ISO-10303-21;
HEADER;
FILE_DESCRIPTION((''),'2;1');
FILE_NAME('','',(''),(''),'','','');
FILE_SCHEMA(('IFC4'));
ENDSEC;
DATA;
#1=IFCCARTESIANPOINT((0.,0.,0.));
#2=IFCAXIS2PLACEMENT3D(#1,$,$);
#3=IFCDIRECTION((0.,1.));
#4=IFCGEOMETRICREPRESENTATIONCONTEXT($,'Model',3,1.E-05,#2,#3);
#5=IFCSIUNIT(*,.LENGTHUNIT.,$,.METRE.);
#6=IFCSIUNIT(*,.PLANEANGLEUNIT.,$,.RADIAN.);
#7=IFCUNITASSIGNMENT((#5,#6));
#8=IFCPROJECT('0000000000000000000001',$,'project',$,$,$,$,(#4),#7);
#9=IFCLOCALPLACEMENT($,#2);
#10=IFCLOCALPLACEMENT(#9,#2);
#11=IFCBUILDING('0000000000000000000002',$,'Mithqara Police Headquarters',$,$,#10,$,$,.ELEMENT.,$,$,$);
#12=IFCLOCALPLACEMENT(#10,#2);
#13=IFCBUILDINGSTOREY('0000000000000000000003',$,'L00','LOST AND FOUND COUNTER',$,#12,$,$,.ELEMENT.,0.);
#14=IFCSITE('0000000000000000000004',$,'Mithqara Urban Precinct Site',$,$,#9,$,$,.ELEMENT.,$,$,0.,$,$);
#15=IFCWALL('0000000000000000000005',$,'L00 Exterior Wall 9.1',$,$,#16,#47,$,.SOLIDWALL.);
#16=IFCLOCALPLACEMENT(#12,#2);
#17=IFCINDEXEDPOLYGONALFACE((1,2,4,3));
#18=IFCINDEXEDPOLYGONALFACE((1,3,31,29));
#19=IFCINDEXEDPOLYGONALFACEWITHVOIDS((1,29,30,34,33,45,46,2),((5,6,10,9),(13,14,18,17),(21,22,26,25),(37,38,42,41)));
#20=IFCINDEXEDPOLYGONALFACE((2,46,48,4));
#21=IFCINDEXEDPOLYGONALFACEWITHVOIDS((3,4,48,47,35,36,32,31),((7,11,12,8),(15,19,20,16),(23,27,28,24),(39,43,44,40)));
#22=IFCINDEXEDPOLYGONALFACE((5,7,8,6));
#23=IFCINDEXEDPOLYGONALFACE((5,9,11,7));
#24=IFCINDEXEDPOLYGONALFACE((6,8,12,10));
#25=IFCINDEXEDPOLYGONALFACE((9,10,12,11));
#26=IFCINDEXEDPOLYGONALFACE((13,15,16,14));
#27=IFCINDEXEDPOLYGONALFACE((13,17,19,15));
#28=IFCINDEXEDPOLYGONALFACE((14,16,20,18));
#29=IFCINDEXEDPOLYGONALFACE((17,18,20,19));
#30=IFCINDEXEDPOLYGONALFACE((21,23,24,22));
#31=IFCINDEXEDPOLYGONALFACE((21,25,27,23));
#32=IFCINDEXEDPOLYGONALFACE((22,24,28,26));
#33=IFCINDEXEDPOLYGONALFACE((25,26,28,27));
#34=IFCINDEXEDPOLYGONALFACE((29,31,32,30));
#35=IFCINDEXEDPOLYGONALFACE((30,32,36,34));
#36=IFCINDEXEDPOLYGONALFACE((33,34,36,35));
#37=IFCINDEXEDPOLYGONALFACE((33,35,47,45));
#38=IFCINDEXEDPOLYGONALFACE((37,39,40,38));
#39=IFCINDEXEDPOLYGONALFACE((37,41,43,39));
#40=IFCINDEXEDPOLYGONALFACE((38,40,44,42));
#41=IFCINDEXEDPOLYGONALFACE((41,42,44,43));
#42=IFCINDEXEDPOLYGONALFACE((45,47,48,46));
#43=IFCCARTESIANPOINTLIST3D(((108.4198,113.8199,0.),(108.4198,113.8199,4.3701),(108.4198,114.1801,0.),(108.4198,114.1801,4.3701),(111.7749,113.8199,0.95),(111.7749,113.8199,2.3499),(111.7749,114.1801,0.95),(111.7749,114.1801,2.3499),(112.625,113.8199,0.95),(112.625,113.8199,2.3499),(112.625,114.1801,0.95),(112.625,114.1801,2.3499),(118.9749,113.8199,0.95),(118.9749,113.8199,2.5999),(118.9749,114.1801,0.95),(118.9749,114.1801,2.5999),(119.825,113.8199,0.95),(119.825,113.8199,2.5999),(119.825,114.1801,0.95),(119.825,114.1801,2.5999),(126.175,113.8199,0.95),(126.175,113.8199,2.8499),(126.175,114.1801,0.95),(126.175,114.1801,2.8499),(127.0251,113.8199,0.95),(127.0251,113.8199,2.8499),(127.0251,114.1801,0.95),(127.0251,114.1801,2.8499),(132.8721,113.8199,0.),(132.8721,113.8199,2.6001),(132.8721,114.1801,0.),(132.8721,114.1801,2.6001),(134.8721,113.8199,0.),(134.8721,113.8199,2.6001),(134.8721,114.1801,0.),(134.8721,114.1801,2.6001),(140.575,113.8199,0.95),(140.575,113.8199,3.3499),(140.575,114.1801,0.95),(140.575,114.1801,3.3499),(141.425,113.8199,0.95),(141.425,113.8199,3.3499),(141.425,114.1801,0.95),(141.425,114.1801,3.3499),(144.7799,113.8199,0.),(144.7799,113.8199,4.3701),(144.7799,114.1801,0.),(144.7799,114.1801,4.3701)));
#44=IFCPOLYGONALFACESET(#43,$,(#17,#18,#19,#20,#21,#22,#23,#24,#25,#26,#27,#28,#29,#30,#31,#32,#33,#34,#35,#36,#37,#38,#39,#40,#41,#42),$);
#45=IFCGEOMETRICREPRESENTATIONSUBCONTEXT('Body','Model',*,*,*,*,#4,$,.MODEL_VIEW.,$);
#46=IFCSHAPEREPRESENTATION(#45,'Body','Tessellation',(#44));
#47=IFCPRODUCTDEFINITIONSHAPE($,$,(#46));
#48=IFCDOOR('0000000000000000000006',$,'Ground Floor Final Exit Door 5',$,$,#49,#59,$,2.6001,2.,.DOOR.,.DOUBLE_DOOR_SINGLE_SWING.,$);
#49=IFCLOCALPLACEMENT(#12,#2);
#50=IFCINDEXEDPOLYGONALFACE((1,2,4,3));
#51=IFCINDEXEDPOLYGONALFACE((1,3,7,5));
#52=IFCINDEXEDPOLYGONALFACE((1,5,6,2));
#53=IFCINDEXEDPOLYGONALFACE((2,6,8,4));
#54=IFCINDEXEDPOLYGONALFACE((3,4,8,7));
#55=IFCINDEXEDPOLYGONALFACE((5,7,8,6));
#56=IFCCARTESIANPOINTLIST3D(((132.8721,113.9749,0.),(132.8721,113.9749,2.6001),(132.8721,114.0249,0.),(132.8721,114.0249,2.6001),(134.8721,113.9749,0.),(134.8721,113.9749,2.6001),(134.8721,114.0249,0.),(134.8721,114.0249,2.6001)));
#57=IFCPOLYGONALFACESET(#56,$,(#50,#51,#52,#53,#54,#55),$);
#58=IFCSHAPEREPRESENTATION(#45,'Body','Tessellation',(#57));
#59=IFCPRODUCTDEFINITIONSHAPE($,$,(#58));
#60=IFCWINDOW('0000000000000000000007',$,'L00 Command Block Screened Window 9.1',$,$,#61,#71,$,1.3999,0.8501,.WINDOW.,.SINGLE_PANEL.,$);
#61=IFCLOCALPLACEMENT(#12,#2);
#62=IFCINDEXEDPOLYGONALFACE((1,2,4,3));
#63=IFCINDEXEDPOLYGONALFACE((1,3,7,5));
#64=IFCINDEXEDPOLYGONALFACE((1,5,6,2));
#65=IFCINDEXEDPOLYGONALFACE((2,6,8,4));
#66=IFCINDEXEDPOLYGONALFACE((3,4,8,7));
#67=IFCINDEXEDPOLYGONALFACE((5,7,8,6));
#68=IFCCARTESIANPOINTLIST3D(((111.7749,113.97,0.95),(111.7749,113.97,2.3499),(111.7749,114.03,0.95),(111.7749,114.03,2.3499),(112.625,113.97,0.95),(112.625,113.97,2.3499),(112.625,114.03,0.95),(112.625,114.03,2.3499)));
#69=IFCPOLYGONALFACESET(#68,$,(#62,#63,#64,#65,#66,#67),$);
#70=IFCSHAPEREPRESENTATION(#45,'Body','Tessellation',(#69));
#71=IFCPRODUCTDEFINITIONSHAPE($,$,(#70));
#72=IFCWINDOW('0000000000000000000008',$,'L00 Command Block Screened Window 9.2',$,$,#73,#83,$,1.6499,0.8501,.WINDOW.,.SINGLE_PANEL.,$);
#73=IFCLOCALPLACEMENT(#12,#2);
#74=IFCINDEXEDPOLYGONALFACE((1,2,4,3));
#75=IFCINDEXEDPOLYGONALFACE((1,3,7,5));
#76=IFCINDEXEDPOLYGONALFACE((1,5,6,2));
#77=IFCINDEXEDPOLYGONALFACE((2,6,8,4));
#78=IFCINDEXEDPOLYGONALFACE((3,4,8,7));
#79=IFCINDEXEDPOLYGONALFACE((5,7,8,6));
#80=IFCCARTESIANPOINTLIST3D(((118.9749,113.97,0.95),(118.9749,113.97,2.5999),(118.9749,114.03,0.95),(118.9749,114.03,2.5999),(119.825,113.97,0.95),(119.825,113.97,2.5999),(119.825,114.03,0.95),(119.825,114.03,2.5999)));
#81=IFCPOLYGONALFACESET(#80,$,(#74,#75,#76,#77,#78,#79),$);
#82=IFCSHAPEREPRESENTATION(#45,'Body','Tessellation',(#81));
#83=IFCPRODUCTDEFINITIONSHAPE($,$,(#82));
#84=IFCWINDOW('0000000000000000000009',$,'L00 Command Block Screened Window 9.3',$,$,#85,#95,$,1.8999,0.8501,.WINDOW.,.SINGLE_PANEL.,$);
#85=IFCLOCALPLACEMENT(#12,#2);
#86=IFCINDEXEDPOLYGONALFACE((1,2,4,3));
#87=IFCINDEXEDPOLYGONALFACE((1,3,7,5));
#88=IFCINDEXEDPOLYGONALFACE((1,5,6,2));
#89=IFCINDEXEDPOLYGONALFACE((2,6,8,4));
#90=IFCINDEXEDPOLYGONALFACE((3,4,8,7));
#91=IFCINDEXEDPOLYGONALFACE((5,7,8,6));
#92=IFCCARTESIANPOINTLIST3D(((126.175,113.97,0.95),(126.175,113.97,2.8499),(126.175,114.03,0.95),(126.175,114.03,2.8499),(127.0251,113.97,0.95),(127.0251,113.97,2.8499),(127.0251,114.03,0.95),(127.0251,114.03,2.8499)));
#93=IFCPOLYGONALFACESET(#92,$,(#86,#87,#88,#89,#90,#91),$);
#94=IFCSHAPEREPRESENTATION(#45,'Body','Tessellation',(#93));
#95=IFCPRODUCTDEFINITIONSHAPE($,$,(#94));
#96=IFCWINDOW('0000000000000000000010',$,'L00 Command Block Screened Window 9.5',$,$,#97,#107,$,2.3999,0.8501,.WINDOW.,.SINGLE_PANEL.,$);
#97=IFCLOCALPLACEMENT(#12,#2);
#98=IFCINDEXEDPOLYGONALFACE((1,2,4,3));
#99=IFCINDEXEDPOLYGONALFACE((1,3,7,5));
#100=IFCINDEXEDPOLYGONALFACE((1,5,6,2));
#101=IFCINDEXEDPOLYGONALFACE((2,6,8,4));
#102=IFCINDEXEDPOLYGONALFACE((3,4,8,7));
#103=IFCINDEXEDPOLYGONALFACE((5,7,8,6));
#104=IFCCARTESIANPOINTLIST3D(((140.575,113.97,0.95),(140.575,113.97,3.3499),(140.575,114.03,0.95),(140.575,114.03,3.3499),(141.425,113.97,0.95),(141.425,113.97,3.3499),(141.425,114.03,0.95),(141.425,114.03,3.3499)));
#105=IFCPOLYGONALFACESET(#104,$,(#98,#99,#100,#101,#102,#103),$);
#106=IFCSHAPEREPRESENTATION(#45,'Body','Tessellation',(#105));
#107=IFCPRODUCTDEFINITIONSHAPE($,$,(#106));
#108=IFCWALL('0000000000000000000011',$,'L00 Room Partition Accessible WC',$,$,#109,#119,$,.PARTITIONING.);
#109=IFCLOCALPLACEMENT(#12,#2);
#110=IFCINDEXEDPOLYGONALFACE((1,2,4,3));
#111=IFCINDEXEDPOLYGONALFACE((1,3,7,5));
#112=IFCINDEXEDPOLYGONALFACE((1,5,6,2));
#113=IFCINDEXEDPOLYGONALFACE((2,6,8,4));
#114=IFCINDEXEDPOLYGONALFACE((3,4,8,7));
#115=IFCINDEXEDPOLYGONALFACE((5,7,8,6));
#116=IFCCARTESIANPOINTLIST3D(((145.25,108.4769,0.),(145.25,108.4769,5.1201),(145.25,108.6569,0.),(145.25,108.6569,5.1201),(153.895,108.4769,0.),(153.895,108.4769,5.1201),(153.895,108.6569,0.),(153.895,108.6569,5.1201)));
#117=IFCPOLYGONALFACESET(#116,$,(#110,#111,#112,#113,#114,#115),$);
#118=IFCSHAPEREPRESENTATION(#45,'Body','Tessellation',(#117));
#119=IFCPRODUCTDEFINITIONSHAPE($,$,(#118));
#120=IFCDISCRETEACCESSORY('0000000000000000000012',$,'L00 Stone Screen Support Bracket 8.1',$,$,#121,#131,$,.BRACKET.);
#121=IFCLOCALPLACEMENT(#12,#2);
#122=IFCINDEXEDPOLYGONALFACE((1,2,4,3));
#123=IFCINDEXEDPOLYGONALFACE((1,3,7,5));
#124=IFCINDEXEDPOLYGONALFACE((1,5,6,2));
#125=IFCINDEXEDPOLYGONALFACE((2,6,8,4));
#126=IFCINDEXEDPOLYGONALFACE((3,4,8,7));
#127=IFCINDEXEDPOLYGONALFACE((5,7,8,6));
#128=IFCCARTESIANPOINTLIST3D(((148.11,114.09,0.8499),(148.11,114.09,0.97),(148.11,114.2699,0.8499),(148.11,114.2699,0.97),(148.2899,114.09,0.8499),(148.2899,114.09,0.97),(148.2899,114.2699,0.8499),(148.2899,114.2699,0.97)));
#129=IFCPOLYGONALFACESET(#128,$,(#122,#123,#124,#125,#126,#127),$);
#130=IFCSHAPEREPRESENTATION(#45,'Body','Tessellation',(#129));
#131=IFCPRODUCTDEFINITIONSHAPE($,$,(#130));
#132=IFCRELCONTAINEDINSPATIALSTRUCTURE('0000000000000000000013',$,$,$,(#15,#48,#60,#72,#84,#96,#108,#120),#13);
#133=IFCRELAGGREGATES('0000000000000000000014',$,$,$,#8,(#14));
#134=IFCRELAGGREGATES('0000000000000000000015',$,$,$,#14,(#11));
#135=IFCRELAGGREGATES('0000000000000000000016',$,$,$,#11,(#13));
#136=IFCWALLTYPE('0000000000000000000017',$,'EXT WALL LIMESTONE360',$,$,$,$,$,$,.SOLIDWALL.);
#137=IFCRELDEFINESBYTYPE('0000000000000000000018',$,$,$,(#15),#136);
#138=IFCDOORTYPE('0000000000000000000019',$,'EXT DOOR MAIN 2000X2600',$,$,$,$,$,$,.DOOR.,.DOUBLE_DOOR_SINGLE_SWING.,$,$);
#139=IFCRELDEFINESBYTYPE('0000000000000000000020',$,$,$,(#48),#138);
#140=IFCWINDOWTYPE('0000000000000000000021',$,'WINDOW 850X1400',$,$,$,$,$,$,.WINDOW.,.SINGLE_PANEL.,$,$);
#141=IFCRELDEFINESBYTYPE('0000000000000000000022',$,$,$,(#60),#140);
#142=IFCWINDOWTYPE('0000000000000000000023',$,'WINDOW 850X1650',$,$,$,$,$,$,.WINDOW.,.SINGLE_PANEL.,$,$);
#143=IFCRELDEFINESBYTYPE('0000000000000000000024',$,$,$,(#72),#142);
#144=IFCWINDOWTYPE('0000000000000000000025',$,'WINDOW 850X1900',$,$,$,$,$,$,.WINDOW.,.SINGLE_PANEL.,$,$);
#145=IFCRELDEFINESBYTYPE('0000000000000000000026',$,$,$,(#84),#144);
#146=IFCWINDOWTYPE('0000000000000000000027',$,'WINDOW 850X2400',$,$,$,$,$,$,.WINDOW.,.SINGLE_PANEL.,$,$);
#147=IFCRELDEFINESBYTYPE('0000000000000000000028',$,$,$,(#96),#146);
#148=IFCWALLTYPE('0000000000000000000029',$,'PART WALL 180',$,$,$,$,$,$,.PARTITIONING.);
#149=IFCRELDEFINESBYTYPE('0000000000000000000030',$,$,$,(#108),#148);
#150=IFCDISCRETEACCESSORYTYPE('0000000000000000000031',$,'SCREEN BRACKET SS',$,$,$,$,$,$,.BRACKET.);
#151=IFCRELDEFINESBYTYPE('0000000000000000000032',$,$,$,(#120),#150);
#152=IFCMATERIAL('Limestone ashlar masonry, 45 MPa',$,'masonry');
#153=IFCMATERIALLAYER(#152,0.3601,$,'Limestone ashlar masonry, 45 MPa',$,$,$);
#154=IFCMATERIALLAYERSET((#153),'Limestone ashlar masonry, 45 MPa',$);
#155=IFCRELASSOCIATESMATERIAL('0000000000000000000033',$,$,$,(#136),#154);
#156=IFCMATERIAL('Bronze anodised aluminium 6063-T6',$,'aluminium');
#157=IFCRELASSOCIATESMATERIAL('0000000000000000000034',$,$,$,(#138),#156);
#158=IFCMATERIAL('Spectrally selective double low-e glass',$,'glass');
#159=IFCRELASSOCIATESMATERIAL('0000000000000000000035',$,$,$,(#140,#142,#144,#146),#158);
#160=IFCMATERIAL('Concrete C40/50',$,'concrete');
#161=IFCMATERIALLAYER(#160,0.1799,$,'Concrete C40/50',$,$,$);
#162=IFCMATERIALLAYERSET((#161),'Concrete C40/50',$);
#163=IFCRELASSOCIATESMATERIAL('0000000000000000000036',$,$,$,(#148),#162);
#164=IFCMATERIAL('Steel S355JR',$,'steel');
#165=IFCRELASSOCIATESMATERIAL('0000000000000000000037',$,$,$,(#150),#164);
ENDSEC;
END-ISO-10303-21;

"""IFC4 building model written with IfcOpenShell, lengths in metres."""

from ifc_helpers import new_model, si_unit, direction, frame, frame_2d, origin, origin_2d, place, context, subcontext, project, spatial, rectangle, extrude, material, layer, layer_set, type_object, element, fill, save


model = new_model("IFC4")

# Units and contexts
model_context = context("Model", 3, precision=1e-05, world=origin(), true_north=direction((0.0, 1.0)))
body_context = subcontext(model_context, "Body", "Model", "MODEL_VIEW")
ifc_project = project(units=[si_unit("LENGTHUNIT", "METRE"), si_unit("PLANEANGLEUNIT", "RADIAN")], contexts=[model_context])

# Site, building, storey
site_placement = place(None, origin())
site = spatial("IfcSite", under=ifc_project, at=site_placement, Name="Mithqara Urban Precinct Site", CompositionType="ELEMENT", RefElevation=0.0)
building_placement = place(site_placement, origin())
building = spatial("IfcBuilding", under=site, at=building_placement, Name="Mithqara Police Headquarters", CompositionType="ELEMENT")
storey_placement = place(building_placement, origin())
storey = spatial("IfcBuildingStorey", under=building, at=storey_placement, Name="L00", Description="LOST AND FOUND COUNTER", CompositionType="ELEMENT", Elevation=0.0)

# Shared definitions
ifc_material_1 = material(Name="Concrete C40/50", Category="concrete")
ifc_material_2 = material(Name="Steel S355JR", Category="steel")

# Shared definitions
ifc_material_3 = material(Name="Limestone ashlar masonry, 45 MPa", Category="masonry")

# Wall, openings, door, windows
ifc_layer_1 = layer(ifc_material_3, 0.3601, Name="Limestone ashlar masonry, 45 MPa")
ifc_layer_set_1 = layer_set([ifc_layer_1], Name="Limestone ashlar masonry, 45 MPa")
wall_type_1 = type_object("IfcWallType", Name="EXT WALL LIMESTONE360", PredefinedType="SOLIDWALL", material=ifc_layer_set_1)
wall_1_placement = place(storey_placement, frame((144.78, 114.0, 0.0), z_axis=(0.0, 0.0, 1.0), x_axis=(-1.0, 0.0, 0.0)))
wall_1 = element("IfcWall", 1, at=wall_1_placement, inside=storey, type_object=wall_type_1, Name="L00 Exterior Wall 9.1", PredefinedType="SOLIDWALL", context=body_context, shape_type="SweptSolid", body=[
    extrude(rectangle(XDim=36.3601, YDim=0.3601, at=frame_2d((18.1802, 0.0))), origin(), (0.0, 0.0, 1.0), 4.3701),
])
opening_1_placement = place(wall_1_placement, frame((9.908, 0.0, 0.0)))
opening_1 = element("IfcOpeningElement", 2, at=opening_1_placement, cuts=wall_1, PredefinedType="OPENING", context=body_context, shape_type="SweptSolid", body=[
    extrude(rectangle(XDim=2.0, YDim=2.6001, at=frame_2d((1.0, 1.3))), frame((0.0, 0.1899, 0.0), z_axis=(0.0, -1.0, 0.0), x_axis=(1.0, 0.0, 0.0)), (0.0, 0.0, 1.0), 0.3801),
])
opening_2_placement = place(wall_1_placement, frame((32.155, 0.0, 0.95)))
opening_2 = element("IfcOpeningElement", 3, at=opening_2_placement, cuts=wall_1, PredefinedType="OPENING", context=body_context, shape_type="SweptSolid", body=[
    extrude(rectangle(XDim=0.8501, YDim=1.3999, at=frame_2d((0.425, 0.7))), frame((0.0, 0.1899, 0.0), z_axis=(0.0, -1.0, 0.0), x_axis=(1.0, 0.0, 0.0)), (0.0, 0.0, 1.0), 0.3801),
])
opening_3_placement = place(wall_1_placement, frame((24.9551, 0.0, 0.95)))
opening_3 = element("IfcOpeningElement", 4, at=opening_3_placement, cuts=wall_1, PredefinedType="OPENING", context=body_context, shape_type="SweptSolid", body=[
    extrude(rectangle(XDim=0.8501, YDim=1.6499, at=frame_2d((0.425, 0.825))), frame((0.0, 0.1899, 0.0), z_axis=(0.0, -1.0, 0.0), x_axis=(1.0, 0.0, 0.0)), (0.0, 0.0, 1.0), 0.3801),
])
opening_4_placement = place(wall_1_placement, frame((17.7549, 0.0, 0.95)))
opening_4 = element("IfcOpeningElement", 5, at=opening_4_placement, cuts=wall_1, PredefinedType="OPENING", context=body_context, shape_type="SweptSolid", body=[
    extrude(rectangle(XDim=0.8501, YDim=1.8999, at=frame_2d((0.425, 0.95))), frame((0.0, 0.1899, 0.0), z_axis=(0.0, -1.0, 0.0), x_axis=(1.0, 0.0, 0.0)), (0.0, 0.0, 1.0), 0.3801),
])
opening_5_placement = place(wall_1_placement, frame((3.355, 0.0, 0.95)))
opening_5 = element("IfcOpeningElement", 6, at=opening_5_placement, cuts=wall_1, PredefinedType="OPENING", context=body_context, shape_type="SweptSolid", body=[
    extrude(rectangle(XDim=0.8501, YDim=2.3999, at=frame_2d((0.425, 1.2))), frame((0.0, 0.1899, 0.0), z_axis=(0.0, -1.0, 0.0), x_axis=(1.0, 0.0, 0.0)), (0.0, 0.0, 1.0), 0.3801),
])
ifc_material_4 = material(Name="Bronze anodised aluminium 6063-T6", Category="aluminium")
door_type = type_object("IfcDoorType", Name="EXT DOOR MAIN 2000X2600", OperationType="DOUBLE_DOOR_SINGLE_SWING", PredefinedType="DOOR", material=ifc_material_4)
door_placement = place(opening_1_placement, frame((2.0, 0.0, 0.0), z_axis=(0.0, 0.0, 1.0), x_axis=(-1.0, 0.0, 0.0)))
door = element("IfcDoor", 7, at=door_placement, inside=storey, type_object=door_type, Name="Ground Floor Final Exit Door 5", OperationType="DOUBLE_DOOR_SINGLE_SWING", OverallHeight=2.6001, OverallWidth=2.0, PredefinedType="DOOR", context=body_context, shape_type="SweptSolid", body=[
    extrude(rectangle(XDim=2.0, YDim=2.6001, at=frame_2d((1.0, 1.3))), frame((0.0, 0.0249, 0.0), z_axis=(0.0, -1.0, 0.0), x_axis=(1.0, 0.0, 0.0)), (0.0, 0.0, 1.0), 0.05),
])
fill(opening_1, door)
ifc_material_5 = material(Name="Spectrally selective double low-e glass", Category="glass")
window_type_1 = type_object("IfcWindowType", Name="WINDOW 850X1400", PartitioningType="SINGLE_PANEL", PredefinedType="WINDOW", material=ifc_material_5)
window_1_placement = place(opening_2_placement, origin())
window_1 = element("IfcWindow", 8, at=window_1_placement, inside=storey, type_object=window_type_1, Name="L00 Command Block Screened Window 9.1", OverallHeight=1.3999, OverallWidth=0.8501, PartitioningType="SINGLE_PANEL", PredefinedType="WINDOW", context=body_context, shape_type="SweptSolid", body=[
    extrude(rectangle(XDim=0.8501, YDim=1.3999, at=frame_2d((0.425, 0.7))), frame((0.0, 0.03, 0.0), z_axis=(0.0, -1.0, 0.0), x_axis=(1.0, 0.0, 0.0)), (0.0, 0.0, 1.0), 0.0601),
])
fill(opening_2, window_1)
window_type_2 = type_object("IfcWindowType", Name="WINDOW 850X1650", PartitioningType="SINGLE_PANEL", PredefinedType="WINDOW", material=ifc_material_5)
window_2_placement = place(opening_3_placement, origin())
window_2 = element("IfcWindow", 9, at=window_2_placement, inside=storey, type_object=window_type_2, Name="L00 Command Block Screened Window 9.2", OverallHeight=1.6499, OverallWidth=0.8501, PartitioningType="SINGLE_PANEL", PredefinedType="WINDOW", context=body_context, shape_type="SweptSolid", body=[
    extrude(rectangle(XDim=0.8501, YDim=1.6499, at=frame_2d((0.425, 0.825))), frame((0.0, 0.03, 0.0), z_axis=(0.0, -1.0, 0.0), x_axis=(1.0, 0.0, 0.0)), (0.0, 0.0, 1.0), 0.0601),
])
fill(opening_3, window_2)
window_type_3 = type_object("IfcWindowType", Name="WINDOW 850X1900", PartitioningType="SINGLE_PANEL", PredefinedType="WINDOW", material=ifc_material_5)
window_3_placement = place(opening_4_placement, origin())
window_3 = element("IfcWindow", 10, at=window_3_placement, inside=storey, type_object=window_type_3, Name="L00 Command Block Screened Window 9.3", OverallHeight=1.8999, OverallWidth=0.8501, PartitioningType="SINGLE_PANEL", PredefinedType="WINDOW", context=body_context, shape_type="SweptSolid", body=[
    extrude(rectangle(XDim=0.8501, YDim=1.8999, at=frame_2d((0.425, 0.95))), frame((0.0, 0.03, 0.0), z_axis=(0.0, -1.0, 0.0), x_axis=(1.0, 0.0, 0.0)), (0.0, 0.0, 1.0), 0.0601),
])
fill(opening_4, window_3)
window_type_4 = type_object("IfcWindowType", Name="WINDOW 850X2400", PartitioningType="SINGLE_PANEL", PredefinedType="WINDOW", material=ifc_material_5)
window_4_placement = place(opening_5_placement, origin())
window_4 = element("IfcWindow", 11, at=window_4_placement, inside=storey, type_object=window_type_4, Name="L00 Command Block Screened Window 9.5", OverallHeight=2.3999, OverallWidth=0.8501, PartitioningType="SINGLE_PANEL", PredefinedType="WINDOW", context=body_context, shape_type="SweptSolid", body=[
    extrude(rectangle(XDim=0.8501, YDim=2.3999, at=frame_2d((0.425, 1.2))), frame((0.0, 0.03, 0.0), z_axis=(0.0, -1.0, 0.0), x_axis=(1.0, 0.0, 0.0)), (0.0, 0.0, 1.0), 0.0601),
])
fill(opening_5, window_4)

# Wall
ifc_layer_2 = layer(ifc_material_1, 0.1799, Name="Concrete C40/50")
ifc_layer_set_2 = layer_set([ifc_layer_2], Name="Concrete C40/50")
wall_type_2 = type_object("IfcWallType", Name="PART WALL 180", PredefinedType="PARTITIONING", material=ifc_layer_set_2)
wall_2_placement = place(storey_placement, frame((145.25, 108.5669, 0.0), z_axis=(0.0, 0.0, 1.0), x_axis=(1.0, 0.0, 0.0)))
element("IfcWall", 12, at=wall_2_placement, inside=storey, type_object=wall_type_2, Name="L00 Room Partition Accessible WC", PredefinedType="PARTITIONING", context=body_context, shape_type="SweptSolid", body=[
    extrude(rectangle(XDim=8.645, YDim=0.1799, at=frame_2d((4.3225, 0.0))), origin(), (0.0, 0.0, 1.0), 5.1201),
])

# Discrete accessory
discrete_accessory_type = type_object("IfcDiscreteAccessoryType", Name="SCREEN BRACKET SS", PredefinedType="BRACKET", material=ifc_material_2)
discrete_accessory_placement = place(storey_placement, frame((148.2, 114.1799, 0.8499), z_axis=(0.0, 0.0, 1.0), x_axis=(1.0, 0.0, 0.0)))
element("IfcDiscreteAccessory", 13, at=discrete_accessory_placement, inside=storey, type_object=discrete_accessory_type, Name="L00 Stone Screen Support Bracket 8.1", PredefinedType="BRACKET", context=body_context, shape_type="SweptSolid", body=[
    extrude(rectangle(XDim=0.1799, YDim=0.1799, at=origin_2d()), origin(), (0.0, 0.0, 1.0), 0.1201),
])

save(model, "model.ifc")
